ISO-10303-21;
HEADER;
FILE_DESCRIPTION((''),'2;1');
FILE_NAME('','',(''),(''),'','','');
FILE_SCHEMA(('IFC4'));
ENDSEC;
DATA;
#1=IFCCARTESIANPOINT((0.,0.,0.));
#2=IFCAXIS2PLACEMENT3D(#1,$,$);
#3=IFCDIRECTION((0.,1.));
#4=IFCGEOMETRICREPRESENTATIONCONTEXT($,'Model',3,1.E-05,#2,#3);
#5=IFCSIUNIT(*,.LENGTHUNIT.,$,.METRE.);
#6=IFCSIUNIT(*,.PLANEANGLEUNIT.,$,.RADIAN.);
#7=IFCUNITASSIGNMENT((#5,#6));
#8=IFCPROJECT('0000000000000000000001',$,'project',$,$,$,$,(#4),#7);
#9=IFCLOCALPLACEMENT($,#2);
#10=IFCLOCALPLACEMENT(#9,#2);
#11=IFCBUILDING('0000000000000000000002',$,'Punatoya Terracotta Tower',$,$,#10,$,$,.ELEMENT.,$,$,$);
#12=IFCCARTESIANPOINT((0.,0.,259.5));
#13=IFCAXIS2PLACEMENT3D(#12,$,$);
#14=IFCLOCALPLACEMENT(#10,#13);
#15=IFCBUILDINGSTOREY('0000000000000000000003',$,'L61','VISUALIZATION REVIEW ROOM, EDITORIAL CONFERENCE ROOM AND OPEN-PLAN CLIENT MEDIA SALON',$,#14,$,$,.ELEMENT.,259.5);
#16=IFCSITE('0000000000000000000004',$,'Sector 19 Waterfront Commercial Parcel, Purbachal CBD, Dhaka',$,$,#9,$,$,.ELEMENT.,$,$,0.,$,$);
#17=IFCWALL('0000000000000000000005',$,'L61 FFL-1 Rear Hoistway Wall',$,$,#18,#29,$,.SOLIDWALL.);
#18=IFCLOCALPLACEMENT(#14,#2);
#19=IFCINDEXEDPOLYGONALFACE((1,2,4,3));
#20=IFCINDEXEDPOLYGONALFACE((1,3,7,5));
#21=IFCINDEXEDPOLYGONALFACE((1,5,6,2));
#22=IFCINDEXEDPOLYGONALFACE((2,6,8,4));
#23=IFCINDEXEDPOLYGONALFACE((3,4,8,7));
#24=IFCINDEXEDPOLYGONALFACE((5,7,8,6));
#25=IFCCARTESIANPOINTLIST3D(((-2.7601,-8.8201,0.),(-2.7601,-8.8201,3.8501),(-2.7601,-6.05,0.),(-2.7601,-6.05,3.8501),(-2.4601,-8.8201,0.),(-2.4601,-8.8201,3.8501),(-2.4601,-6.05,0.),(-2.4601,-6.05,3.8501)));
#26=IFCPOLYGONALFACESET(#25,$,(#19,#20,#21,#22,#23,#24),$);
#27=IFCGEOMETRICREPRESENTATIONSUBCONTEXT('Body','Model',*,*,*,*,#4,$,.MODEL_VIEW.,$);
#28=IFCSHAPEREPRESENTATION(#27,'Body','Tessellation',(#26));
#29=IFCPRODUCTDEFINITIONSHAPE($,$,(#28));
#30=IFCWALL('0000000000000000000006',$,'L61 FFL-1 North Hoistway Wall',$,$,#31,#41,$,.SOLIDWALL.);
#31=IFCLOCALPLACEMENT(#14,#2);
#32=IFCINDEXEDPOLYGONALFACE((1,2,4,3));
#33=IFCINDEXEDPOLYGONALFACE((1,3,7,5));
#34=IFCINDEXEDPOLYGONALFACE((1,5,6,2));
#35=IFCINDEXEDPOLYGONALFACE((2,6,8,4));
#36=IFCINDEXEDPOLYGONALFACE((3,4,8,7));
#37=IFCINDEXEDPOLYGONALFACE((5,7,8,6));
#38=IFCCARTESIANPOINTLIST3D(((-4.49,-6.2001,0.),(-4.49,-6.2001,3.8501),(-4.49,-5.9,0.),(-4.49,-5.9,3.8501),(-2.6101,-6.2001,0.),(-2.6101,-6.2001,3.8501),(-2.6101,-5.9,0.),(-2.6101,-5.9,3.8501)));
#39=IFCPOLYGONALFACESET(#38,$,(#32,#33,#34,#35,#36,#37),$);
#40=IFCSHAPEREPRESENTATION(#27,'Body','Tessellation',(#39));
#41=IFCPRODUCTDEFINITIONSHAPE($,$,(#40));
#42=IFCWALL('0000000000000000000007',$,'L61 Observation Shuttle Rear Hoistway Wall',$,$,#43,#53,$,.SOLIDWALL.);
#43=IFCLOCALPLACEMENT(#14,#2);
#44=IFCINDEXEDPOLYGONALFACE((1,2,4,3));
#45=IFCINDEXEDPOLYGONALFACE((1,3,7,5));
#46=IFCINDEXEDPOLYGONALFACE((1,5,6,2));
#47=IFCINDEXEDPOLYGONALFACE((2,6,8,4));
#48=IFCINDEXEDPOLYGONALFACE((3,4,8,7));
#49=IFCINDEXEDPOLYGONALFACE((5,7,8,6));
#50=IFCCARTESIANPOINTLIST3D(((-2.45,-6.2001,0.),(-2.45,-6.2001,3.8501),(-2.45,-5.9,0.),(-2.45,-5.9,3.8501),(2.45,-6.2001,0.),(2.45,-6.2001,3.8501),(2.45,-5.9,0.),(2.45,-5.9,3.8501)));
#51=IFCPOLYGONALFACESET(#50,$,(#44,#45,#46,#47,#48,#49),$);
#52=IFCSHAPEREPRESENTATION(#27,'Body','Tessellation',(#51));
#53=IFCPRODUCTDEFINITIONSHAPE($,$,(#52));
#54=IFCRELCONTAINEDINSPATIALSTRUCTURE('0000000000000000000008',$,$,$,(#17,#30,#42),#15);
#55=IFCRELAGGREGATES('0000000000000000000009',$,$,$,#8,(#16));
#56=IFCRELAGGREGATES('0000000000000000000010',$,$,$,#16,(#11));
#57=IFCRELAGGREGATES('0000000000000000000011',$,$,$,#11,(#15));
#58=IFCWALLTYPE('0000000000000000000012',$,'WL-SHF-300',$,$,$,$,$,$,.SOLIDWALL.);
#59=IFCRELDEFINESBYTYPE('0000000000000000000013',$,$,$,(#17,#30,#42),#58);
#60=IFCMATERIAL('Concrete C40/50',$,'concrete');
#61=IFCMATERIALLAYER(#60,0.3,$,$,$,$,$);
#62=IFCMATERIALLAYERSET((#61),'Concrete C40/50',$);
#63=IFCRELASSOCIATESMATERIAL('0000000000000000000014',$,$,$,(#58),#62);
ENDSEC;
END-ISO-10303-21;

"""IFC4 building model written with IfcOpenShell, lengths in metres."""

from ifc_helpers import new_model, si_unit, direction, frame, frame_2d, origin, place, context, subcontext, project, spatial, rectangle, extrude, material, layer, layer_set, type_object, element, save


model = new_model("IFC4")

# Units and contexts
model_context = context("Model", 3, precision=1e-05, world=origin(), true_north=direction((0.0, 1.0)))
body_context = subcontext(model_context, "Body", "Model", "MODEL_VIEW")
ifc_project = project(units=[si_unit("LENGTHUNIT", "METRE"), si_unit("PLANEANGLEUNIT", "RADIAN")], contexts=[model_context])

# Site, building, storey
site_placement = place(None, origin())
site = spatial("IfcSite", under=ifc_project, at=site_placement, Name="Sector 19 Waterfront Commercial Parcel, Purbachal CBD, Dhaka", CompositionType="ELEMENT", RefElevation=0.0)
building_placement = place(site_placement, origin())
building = spatial("IfcBuilding", under=site, at=building_placement, Name="Punatoya Terracotta Tower", CompositionType="ELEMENT")
storey_placement = place(building_placement, frame((0.0, 0.0, 259.5)))
storey = spatial("IfcBuildingStorey", under=building, at=storey_placement, Name="L61", Description="VISUALIZATION REVIEW ROOM, EDITORIAL CONFERENCE ROOM AND OPEN-PLAN CLIENT MEDIA SALON", CompositionType="ELEMENT", Elevation=259.5)

# Shared definitions
ifc_material_1 = material(Name="Concrete C40/50", Category="concrete")

# Shared definitions
ifc_layer_1 = layer(ifc_material_1, 0.3)
ifc_layer_set_1 = layer_set([ifc_layer_1], Name="Concrete C40/50")
wall_type_1 = type_object("IfcWallType", Name="WL-SHF-300", PredefinedType="SOLIDWALL", material=ifc_layer_set_1)

# Walls
wall_1_placement = place(storey_placement, frame((-2.6101, -8.8201, 0.0), z_axis=(0.0, 0.0, 1.0), x_axis=(0.0, 1.0, 0.0)))
element("IfcWall", 1, at=wall_1_placement, inside=storey, type_object=wall_type_1, Name="L61 FFL-1 Rear Hoistway Wall", PredefinedType="SOLIDWALL", context=body_context, shape_type="SweptSolid", body=[
    extrude(rectangle(XDim=2.77, YDim=0.3, at=frame_2d((1.385, 0.0))), origin(), (0.0, 0.0, 1.0), 3.8501),
])
wall_2_placement = place(storey_placement, frame((-4.49, -6.05, 0.0), z_axis=(0.0, 0.0, 1.0), x_axis=(1.0, 0.0, 0.0)))
element("IfcWall", 2, at=wall_2_placement, inside=storey, type_object=wall_type_1, Name="L61 FFL-1 North Hoistway Wall", PredefinedType="SOLIDWALL", context=body_context, shape_type="SweptSolid", body=[
    extrude(rectangle(XDim=1.8799, YDim=0.3, at=frame_2d((0.9399, 0.0))), origin(), (0.0, 0.0, 1.0), 3.8501),
])
wall_3_placement = place(storey_placement, frame((-2.45, -6.05, 0.0), z_axis=(0.0, 0.0, 1.0), x_axis=(1.0, 0.0, 0.0)))
element("IfcWall", 3, at=wall_3_placement, inside=storey, type_object=wall_type_1, Name="L61 Observation Shuttle Rear Hoistway Wall", PredefinedType="SOLIDWALL", context=body_context, shape_type="SweptSolid", body=[
    extrude(rectangle(XDim=4.8999, YDim=0.3, at=frame_2d((2.45, 0.0))), origin(), (0.0, 0.0, 1.0), 3.8501),
])

save(model, "model.ifc")
